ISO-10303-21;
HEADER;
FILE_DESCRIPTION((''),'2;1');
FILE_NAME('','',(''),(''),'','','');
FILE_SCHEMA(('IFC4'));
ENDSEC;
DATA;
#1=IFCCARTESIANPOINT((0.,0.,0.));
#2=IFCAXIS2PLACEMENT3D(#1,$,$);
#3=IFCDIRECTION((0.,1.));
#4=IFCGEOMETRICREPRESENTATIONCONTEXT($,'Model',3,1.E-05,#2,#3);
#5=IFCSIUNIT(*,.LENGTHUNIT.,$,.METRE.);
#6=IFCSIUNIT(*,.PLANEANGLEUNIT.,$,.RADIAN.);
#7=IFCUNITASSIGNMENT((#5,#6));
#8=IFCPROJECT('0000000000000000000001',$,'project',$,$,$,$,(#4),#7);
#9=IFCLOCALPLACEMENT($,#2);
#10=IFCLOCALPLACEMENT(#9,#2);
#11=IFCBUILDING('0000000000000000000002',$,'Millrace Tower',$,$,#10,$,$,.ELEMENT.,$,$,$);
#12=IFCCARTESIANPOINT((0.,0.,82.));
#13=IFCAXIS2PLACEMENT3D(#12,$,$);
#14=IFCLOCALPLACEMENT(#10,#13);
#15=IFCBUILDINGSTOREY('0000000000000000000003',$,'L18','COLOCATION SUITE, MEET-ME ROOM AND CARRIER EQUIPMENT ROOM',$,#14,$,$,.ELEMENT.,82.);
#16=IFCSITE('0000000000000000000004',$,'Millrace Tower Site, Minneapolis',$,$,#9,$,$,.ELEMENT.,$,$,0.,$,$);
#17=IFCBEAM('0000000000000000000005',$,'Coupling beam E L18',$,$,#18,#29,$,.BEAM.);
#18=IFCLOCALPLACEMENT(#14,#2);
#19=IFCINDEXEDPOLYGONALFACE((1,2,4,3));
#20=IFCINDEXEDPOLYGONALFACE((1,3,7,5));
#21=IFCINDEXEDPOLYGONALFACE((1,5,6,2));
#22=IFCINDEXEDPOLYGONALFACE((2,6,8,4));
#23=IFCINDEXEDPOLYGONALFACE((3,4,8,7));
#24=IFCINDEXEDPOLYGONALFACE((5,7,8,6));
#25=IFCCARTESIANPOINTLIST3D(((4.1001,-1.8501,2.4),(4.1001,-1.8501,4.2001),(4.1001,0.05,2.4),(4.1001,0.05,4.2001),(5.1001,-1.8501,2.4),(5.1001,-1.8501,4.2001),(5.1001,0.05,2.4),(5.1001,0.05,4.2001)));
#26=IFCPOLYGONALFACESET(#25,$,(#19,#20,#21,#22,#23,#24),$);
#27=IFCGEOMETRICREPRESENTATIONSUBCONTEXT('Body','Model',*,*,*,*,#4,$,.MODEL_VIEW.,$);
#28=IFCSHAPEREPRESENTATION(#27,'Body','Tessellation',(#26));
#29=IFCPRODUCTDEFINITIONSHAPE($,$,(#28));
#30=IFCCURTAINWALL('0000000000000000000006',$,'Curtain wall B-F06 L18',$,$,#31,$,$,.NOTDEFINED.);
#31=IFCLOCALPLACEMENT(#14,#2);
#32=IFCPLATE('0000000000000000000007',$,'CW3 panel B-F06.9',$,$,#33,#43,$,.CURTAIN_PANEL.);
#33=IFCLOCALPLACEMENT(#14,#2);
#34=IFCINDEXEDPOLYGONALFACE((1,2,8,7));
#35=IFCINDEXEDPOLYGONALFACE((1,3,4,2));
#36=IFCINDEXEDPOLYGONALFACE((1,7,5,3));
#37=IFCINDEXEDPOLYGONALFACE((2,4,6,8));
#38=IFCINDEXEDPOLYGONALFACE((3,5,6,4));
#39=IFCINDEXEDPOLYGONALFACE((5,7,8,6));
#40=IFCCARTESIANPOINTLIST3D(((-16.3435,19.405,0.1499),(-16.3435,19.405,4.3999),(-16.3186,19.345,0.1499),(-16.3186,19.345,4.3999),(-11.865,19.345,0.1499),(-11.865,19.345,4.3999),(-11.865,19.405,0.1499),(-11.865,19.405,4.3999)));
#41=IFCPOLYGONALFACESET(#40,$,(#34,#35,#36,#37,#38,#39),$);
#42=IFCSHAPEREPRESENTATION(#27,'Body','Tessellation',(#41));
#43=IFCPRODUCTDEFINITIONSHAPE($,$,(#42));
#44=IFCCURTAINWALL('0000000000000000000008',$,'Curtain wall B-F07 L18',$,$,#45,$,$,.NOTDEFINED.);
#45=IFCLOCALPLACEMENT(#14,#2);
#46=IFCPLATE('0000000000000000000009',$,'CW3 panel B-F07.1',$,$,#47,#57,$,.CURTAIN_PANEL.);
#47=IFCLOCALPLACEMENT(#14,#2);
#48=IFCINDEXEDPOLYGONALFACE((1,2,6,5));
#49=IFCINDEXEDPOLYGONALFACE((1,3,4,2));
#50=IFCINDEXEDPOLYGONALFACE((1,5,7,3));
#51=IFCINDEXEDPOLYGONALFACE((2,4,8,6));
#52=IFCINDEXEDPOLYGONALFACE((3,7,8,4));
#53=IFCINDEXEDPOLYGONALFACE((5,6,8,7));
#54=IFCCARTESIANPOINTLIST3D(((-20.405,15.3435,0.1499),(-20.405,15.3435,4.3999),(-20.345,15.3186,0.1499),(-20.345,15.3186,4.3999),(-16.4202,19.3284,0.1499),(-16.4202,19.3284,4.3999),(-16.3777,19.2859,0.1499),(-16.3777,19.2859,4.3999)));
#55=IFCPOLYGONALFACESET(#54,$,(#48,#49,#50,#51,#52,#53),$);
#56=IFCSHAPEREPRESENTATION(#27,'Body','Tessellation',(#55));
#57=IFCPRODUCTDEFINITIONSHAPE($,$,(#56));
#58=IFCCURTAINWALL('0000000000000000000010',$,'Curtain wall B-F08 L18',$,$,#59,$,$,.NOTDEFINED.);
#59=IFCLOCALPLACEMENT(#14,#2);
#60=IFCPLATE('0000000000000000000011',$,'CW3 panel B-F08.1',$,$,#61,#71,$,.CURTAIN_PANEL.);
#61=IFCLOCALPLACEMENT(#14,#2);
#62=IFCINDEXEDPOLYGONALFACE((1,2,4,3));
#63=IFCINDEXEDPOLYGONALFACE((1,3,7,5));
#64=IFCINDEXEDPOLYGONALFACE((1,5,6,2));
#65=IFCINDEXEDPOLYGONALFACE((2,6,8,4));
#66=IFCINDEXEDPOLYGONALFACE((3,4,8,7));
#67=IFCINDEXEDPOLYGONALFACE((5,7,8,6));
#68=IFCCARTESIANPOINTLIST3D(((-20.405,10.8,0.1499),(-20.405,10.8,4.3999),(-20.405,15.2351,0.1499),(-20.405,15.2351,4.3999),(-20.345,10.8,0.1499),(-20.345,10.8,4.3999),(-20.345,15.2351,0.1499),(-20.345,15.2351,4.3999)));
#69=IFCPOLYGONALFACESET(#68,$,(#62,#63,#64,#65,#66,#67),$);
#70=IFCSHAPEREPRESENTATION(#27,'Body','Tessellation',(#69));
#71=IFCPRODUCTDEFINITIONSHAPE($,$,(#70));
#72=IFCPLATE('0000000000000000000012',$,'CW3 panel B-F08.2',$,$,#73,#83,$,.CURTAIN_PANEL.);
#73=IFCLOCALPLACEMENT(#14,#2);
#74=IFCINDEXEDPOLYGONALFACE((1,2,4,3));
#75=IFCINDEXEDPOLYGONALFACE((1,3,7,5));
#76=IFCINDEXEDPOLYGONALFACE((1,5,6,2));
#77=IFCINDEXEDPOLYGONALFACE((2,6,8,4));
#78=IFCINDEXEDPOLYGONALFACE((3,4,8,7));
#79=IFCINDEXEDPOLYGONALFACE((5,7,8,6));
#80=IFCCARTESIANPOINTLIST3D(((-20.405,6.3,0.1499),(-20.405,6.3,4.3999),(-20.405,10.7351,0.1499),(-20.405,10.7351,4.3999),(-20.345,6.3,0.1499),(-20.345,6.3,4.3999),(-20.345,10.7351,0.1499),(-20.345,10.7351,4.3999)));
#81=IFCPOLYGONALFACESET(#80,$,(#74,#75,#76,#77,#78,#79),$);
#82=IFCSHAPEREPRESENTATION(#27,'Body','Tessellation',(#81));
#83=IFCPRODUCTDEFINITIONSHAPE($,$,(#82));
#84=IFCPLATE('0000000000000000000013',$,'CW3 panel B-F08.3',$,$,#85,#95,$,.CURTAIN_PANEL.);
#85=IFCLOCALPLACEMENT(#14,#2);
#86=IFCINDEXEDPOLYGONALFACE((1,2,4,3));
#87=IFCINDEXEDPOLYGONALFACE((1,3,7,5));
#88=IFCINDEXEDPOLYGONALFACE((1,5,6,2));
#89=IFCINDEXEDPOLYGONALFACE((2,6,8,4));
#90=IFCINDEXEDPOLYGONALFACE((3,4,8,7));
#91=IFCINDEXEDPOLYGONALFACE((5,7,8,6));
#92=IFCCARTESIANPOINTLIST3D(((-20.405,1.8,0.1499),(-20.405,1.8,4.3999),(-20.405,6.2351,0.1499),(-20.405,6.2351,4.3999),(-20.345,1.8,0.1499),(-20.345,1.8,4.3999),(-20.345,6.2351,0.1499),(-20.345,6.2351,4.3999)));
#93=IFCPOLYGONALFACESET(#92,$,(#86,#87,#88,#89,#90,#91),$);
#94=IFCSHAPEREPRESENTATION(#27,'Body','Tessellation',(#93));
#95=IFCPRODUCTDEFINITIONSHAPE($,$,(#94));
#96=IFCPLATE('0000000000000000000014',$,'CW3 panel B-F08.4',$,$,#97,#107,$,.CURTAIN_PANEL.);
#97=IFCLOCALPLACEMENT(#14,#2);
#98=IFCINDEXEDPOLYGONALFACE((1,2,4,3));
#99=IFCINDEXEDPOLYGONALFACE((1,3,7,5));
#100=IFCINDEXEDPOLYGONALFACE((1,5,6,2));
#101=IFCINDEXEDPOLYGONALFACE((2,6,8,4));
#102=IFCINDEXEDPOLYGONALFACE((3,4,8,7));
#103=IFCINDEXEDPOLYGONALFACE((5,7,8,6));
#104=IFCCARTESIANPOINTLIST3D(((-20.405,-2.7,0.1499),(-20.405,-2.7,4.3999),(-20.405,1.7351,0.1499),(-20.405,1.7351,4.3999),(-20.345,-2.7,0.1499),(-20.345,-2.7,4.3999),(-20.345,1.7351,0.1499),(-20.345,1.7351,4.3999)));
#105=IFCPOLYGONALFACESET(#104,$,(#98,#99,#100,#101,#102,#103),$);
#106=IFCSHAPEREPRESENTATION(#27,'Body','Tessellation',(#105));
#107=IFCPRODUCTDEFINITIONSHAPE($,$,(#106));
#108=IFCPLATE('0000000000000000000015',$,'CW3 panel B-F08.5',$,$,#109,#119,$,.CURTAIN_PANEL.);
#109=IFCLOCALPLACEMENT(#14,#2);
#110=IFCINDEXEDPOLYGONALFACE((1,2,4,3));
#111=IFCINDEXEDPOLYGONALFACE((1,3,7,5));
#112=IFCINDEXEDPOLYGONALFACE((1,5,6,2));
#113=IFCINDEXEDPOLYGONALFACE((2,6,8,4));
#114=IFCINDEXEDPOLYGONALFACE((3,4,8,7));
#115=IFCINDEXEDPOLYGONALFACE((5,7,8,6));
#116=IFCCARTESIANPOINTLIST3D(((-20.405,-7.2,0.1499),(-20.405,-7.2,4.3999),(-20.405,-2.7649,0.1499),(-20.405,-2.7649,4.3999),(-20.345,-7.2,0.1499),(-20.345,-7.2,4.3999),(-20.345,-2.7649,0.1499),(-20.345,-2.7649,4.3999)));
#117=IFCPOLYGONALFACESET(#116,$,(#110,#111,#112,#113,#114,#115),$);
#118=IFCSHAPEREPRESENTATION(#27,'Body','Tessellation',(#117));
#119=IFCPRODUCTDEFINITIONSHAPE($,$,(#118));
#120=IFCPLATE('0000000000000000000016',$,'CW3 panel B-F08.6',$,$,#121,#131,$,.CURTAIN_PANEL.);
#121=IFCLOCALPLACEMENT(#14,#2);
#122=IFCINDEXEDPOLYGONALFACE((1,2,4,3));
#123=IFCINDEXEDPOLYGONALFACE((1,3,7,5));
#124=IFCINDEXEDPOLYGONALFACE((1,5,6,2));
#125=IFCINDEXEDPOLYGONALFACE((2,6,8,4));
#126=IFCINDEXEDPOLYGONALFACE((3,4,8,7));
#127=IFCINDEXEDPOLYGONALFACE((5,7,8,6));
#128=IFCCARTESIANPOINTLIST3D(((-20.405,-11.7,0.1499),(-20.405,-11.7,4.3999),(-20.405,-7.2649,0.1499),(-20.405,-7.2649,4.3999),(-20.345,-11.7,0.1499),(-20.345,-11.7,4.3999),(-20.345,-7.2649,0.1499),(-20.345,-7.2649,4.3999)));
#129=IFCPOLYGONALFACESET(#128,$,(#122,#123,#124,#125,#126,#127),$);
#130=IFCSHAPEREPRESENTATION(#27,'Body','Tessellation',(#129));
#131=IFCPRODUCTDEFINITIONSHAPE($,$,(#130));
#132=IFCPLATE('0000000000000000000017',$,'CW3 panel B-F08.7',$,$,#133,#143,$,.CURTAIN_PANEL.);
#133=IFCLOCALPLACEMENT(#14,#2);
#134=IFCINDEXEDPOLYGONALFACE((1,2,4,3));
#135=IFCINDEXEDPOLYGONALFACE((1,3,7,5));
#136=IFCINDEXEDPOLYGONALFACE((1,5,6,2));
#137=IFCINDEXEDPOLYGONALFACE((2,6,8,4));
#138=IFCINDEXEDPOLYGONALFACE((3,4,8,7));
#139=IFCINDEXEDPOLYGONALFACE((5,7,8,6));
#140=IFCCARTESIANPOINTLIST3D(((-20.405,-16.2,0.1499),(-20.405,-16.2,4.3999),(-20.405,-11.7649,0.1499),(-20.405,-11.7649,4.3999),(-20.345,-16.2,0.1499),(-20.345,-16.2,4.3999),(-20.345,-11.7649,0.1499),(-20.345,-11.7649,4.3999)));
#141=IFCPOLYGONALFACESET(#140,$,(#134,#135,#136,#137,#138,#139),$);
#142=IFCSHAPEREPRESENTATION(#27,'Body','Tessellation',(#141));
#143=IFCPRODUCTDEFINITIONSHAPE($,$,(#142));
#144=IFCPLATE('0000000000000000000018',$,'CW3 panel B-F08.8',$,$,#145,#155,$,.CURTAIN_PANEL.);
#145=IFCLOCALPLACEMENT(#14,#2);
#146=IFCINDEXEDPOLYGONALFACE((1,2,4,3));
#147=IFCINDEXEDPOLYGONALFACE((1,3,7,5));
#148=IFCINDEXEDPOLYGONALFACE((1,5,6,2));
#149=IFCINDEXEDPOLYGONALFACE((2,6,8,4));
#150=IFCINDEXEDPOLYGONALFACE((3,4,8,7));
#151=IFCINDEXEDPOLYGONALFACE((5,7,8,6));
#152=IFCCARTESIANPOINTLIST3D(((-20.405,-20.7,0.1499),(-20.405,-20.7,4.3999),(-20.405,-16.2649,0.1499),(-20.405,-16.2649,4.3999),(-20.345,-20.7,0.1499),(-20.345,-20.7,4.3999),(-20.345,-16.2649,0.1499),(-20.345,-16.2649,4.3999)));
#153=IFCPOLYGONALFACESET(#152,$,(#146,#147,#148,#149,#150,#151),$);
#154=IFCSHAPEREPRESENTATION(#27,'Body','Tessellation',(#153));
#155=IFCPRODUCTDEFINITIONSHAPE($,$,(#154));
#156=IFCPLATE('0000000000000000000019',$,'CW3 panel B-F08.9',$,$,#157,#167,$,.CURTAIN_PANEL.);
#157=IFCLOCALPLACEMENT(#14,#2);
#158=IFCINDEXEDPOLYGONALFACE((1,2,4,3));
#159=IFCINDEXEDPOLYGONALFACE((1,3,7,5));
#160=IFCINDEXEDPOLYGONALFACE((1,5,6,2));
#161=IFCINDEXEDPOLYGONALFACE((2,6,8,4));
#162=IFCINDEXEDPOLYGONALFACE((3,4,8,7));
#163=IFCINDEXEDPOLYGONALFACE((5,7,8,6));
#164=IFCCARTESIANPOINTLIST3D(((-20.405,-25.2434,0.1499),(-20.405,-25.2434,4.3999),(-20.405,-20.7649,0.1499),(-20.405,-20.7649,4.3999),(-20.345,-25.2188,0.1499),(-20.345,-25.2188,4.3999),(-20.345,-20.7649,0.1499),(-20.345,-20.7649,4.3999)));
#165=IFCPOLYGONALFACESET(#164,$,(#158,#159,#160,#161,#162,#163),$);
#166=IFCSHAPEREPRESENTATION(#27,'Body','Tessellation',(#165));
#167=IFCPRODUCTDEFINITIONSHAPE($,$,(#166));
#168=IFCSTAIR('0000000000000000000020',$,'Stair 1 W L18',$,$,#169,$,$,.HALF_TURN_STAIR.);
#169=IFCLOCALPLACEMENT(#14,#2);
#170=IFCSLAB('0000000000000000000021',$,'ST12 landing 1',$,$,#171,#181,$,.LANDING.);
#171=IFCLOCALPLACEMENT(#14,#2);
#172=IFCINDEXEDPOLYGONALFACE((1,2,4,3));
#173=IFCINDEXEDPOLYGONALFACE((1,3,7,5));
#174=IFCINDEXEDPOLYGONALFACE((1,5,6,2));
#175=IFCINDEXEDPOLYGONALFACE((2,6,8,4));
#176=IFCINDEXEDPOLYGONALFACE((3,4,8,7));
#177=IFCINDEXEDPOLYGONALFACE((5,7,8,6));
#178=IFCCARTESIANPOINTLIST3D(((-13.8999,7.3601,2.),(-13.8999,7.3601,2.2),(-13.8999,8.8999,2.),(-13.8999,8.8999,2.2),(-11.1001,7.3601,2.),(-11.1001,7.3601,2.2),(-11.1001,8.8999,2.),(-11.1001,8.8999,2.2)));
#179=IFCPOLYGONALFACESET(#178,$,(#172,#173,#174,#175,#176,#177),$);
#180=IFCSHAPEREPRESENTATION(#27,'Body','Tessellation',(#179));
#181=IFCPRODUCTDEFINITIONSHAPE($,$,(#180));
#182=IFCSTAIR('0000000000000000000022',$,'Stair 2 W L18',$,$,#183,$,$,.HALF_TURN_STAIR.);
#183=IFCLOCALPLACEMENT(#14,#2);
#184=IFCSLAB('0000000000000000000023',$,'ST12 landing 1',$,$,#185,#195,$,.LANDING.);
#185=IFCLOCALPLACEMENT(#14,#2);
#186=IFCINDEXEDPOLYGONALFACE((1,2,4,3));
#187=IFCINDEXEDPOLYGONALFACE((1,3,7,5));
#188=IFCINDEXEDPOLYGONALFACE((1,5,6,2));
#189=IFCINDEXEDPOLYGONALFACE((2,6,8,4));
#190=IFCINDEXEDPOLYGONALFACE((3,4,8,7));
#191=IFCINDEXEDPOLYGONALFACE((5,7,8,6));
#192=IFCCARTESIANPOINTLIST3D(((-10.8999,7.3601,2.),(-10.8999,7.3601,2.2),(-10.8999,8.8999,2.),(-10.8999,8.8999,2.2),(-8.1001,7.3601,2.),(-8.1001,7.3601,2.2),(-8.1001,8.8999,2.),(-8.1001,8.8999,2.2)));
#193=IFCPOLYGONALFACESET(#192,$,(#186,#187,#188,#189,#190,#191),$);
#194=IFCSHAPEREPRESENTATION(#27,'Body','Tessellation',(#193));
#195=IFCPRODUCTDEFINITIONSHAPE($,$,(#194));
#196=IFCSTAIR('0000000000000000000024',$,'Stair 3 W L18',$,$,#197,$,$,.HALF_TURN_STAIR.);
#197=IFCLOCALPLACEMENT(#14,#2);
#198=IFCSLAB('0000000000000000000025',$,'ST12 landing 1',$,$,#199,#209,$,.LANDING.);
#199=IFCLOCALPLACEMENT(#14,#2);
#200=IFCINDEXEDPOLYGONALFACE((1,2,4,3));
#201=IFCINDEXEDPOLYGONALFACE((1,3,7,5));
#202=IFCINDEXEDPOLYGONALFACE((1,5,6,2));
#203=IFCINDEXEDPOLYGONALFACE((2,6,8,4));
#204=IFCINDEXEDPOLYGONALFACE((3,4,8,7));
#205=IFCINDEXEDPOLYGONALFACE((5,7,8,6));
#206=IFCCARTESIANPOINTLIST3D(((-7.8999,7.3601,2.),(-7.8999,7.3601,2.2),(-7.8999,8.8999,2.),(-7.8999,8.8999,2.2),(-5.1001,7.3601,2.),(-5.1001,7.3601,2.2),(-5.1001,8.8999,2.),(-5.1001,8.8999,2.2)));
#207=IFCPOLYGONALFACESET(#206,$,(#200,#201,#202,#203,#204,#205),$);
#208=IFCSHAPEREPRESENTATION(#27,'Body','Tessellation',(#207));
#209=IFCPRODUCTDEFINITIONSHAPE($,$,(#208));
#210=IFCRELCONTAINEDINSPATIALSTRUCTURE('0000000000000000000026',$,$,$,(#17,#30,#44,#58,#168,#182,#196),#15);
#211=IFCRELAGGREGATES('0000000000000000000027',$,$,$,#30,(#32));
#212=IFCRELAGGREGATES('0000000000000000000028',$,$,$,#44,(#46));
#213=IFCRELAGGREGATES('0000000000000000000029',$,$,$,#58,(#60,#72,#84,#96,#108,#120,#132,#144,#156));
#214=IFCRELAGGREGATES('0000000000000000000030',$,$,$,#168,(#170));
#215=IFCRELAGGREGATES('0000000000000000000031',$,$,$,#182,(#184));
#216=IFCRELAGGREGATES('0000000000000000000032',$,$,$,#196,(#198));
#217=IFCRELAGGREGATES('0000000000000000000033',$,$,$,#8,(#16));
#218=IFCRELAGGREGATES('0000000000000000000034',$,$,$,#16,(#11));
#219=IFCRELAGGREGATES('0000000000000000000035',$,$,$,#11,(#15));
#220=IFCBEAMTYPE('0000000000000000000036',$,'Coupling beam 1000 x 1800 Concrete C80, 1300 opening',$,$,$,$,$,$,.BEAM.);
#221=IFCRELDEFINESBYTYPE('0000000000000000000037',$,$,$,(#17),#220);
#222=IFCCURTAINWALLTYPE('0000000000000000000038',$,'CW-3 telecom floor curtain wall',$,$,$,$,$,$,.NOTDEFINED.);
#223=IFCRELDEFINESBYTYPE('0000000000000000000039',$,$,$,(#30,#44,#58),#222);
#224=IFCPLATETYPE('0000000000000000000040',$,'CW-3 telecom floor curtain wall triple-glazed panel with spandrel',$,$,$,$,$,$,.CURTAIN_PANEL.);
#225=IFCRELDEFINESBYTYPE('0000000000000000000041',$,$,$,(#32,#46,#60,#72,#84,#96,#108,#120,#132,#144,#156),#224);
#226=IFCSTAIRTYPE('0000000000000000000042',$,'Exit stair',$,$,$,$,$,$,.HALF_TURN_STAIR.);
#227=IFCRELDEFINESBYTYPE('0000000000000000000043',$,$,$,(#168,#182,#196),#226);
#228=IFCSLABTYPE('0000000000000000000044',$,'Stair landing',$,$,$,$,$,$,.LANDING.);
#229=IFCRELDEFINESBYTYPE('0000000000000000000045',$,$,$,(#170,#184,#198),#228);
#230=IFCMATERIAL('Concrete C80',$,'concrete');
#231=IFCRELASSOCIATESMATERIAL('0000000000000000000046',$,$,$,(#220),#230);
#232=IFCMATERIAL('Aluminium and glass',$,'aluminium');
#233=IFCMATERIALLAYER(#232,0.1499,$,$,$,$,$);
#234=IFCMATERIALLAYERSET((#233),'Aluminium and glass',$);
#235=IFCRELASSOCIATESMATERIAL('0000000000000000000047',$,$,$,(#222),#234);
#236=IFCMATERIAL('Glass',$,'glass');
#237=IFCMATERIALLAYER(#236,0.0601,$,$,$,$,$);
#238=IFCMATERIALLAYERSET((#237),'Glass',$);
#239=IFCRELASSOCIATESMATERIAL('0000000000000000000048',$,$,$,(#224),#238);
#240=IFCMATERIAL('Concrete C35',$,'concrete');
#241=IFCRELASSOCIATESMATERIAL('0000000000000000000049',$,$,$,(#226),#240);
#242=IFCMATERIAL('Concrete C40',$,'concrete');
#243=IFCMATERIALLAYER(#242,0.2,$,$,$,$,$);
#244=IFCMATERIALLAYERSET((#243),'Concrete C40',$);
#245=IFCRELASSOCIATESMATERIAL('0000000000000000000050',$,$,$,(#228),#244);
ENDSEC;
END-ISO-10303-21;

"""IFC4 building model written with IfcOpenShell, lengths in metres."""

from ifc_helpers import new_model, si_unit, direction, frame, origin, origin_2d, place, context, subcontext, project, spatial, polyline, rectangle, outline, extrude, material, layer, layer_set, material_profile, profile_set, type_object, element, aggregate, save


model = new_model("IFC4")

# Units and contexts
model_context = context("Model", 3, precision=1e-05, world=origin(), true_north=direction((0.0, 1.0)))
body_context = subcontext(model_context, "Body", "Model", "MODEL_VIEW")
ifc_project = project(units=[si_unit("LENGTHUNIT", "METRE"), si_unit("PLANEANGLEUNIT", "RADIAN")], contexts=[model_context])

# Site, building, storey
site_placement = place(None, origin())
site = spatial("IfcSite", under=ifc_project, at=site_placement, Name="Millrace Tower Site, Minneapolis", CompositionType="ELEMENT", RefElevation=0.0)
building_placement = place(site_placement, origin())
building = spatial("IfcBuilding", under=site, at=building_placement, Name="Millrace Tower", CompositionType="ELEMENT")
storey_placement = place(building_placement, frame((0.0, 0.0, 82.0)))
storey = spatial("IfcBuildingStorey", under=building, at=storey_placement, Name="L18", Description="COLOCATION SUITE, MEET-ME ROOM AND CARRIER EQUIPMENT ROOM", CompositionType="ELEMENT", Elevation=82.0)

# Beam
ifc_material_1 = material(Name="Concrete C80", Category="concrete")
ifc_material_profile = material_profile(ifc_material_1, rectangle(XDim=1.0, YDim=1.8, at=origin_2d()))
ifc_profile_set = profile_set([ifc_material_profile], Name="Concrete C80")
beam_type = type_object("IfcBeamType", Name="Coupling beam 1000 x 1800 Concrete C80, 1300 opening", PredefinedType="BEAM", material=ifc_profile_set)
beam_placement = place(storey_placement, frame((4.6001, 0.05, 3.3), z_axis=(0.0, -1.0, 0.0), x_axis=(1.0, 0.0, 0.0)))
element("IfcBeam", 1, at=beam_placement, inside=storey, type_object=beam_type, Name="Coupling beam E L18", PredefinedType="BEAM", context=body_context, shape_type="SweptSolid", body=[
    extrude(rectangle(XDim=1.0, YDim=1.8, at=origin_2d()), origin(), (0.0, 0.0, 1.0), 1.9001),
])

# Curtain walls, plates
ifc_material_2 = material(Name="Aluminium and glass", Category="aluminium")
ifc_layer_1 = layer(ifc_material_2, 0.1499)
ifc_layer_set_1 = layer_set([ifc_layer_1], Name="Aluminium and glass")
curtain_wall_type = type_object("IfcCurtainWallType", Name="CW-3 telecom floor curtain wall", PredefinedType="NOTDEFINED", material=ifc_layer_set_1)
placement_1 = place(storey_placement, origin())
curtain_wall_1 = element("IfcCurtainWall", 2, at=placement_1, inside=storey, type_object=curtain_wall_type, Name="Curtain wall B-F06 L18", PredefinedType="NOTDEFINED")
ifc_material_3 = material(Name="Glass", Category="glass")
ifc_layer_2 = layer(ifc_material_3, 0.0601)
ifc_layer_set_2 = layer_set([ifc_layer_2], Name="Glass")
plate_type = type_object("IfcPlateType", Name="CW-3 telecom floor curtain wall triple-glazed panel with spandrel", PredefinedType="CURTAIN_PANEL", material=ifc_layer_set_2)
placement_2 = place(storey_placement, frame((0.0, 0.0, 0.1499)))
plate_1 = element("IfcPlate", 3, at=placement_2, type_object=plate_type, Name="CW3 panel B-F06.9", PredefinedType="CURTAIN_PANEL", context=body_context, shape_type="SweptSolid", body=[
    extrude(outline(polyline([(-11.865, 19.405), (-16.3435, 19.405), (-16.3186, 19.345), (-11.865, 19.345), (-11.865, 19.405)])), origin(), (0.0, 0.0, 1.0), 4.25),
])
aggregate(curtain_wall_1, [plate_1])
curtain_wall_2 = element("IfcCurtainWall", 4, at=placement_1, inside=storey, type_object=curtain_wall_type, Name="Curtain wall B-F07 L18", PredefinedType="NOTDEFINED")
plate_2 = element("IfcPlate", 5, at=placement_2, type_object=plate_type, Name="CW3 panel B-F07.1", PredefinedType="CURTAIN_PANEL", context=body_context, shape_type="SweptSolid", body=[
    extrude(outline(polyline([(-16.4202, 19.3284), (-20.405, 15.3435), (-20.345, 15.3186), (-16.3777, 19.2859), (-16.4202, 19.3284)])), origin(), (0.0, 0.0, 1.0), 4.25),
])
aggregate(curtain_wall_2, [plate_2])

# Curtain wall, plates
curtain_wall_3 = element("IfcCurtainWall", 6, at=placement_1, inside=storey, type_object=curtain_wall_type, Name="Curtain wall B-F08 L18", PredefinedType="NOTDEFINED")
plate_3 = element("IfcPlate", 7, at=placement_2, type_object=plate_type, Name="CW3 panel B-F08.1", PredefinedType="CURTAIN_PANEL", context=body_context, shape_type="SweptSolid", body=[
    extrude(outline(polyline([(-20.405, 15.2351), (-20.405, 10.8), (-20.345, 10.8), (-20.345, 15.2351), (-20.405, 15.2351)])), origin(), (0.0, 0.0, 1.0), 4.25),
])
plate_4 = element("IfcPlate", 8, at=placement_2, type_object=plate_type, Name="CW3 panel B-F08.2", PredefinedType="CURTAIN_PANEL", context=body_context, shape_type="SweptSolid", body=[
    extrude(outline(polyline([(-20.405, 10.7351), (-20.405, 6.3), (-20.345, 6.3), (-20.345, 10.7351), (-20.405, 10.7351)])), origin(), (0.0, 0.0, 1.0), 4.25),
])
plate_5 = element("IfcPlate", 9, at=placement_2, type_object=plate_type, Name="CW3 panel B-F08.3", PredefinedType="CURTAIN_PANEL", context=body_context, shape_type="SweptSolid", body=[
    extrude(outline(polyline([(-20.405, 6.2351), (-20.405, 1.8), (-20.345, 1.8), (-20.345, 6.2351), (-20.405, 6.2351)])), origin(), (0.0, 0.0, 1.0), 4.25),
])
plate_6 = element("IfcPlate", 10, at=placement_2, type_object=plate_type, Name="CW3 panel B-F08.4", PredefinedType="CURTAIN_PANEL", context=body_context, shape_type="SweptSolid", body=[
    extrude(outline(polyline([(-20.405, 1.7351), (-20.405, -2.7), (-20.345, -2.7), (-20.345, 1.7351), (-20.405, 1.7351)])), origin(), (0.0, 0.0, 1.0), 4.25),
])
plate_7 = element("IfcPlate", 11, at=placement_2, type_object=plate_type, Name="CW3 panel B-F08.5", PredefinedType="CURTAIN_PANEL", context=body_context, shape_type="SweptSolid", body=[
    extrude(outline(polyline([(-20.405, -2.7649), (-20.405, -7.2), (-20.345, -7.2), (-20.345, -2.7649), (-20.405, -2.7649)])), origin(), (0.0, 0.0, 1.0), 4.25),
])
plate_8 = element("IfcPlate", 12, at=placement_2, type_object=plate_type, Name="CW3 panel B-F08.6", PredefinedType="CURTAIN_PANEL", context=body_context, shape_type="SweptSolid", body=[
    extrude(outline(polyline([(-20.405, -7.2649), (-20.405, -11.7), (-20.345, -11.7), (-20.345, -7.2649), (-20.405, -7.2649)])), origin(), (0.0, 0.0, 1.0), 4.25),
])
plate_9 = element("IfcPlate", 13, at=placement_2, type_object=plate_type, Name="CW3 panel B-F08.7", PredefinedType="CURTAIN_PANEL", context=body_context, shape_type="SweptSolid", body=[
    extrude(outline(polyline([(-20.405, -11.7649), (-20.405, -16.2), (-20.345, -16.2), (-20.345, -11.7649), (-20.405, -11.7649)])), origin(), (0.0, 0.0, 1.0), 4.25),
])
plate_10 = element("IfcPlate", 14, at=placement_2, type_object=plate_type, Name="CW3 panel B-F08.8", PredefinedType="CURTAIN_PANEL", context=body_context, shape_type="SweptSolid", body=[
    extrude(outline(polyline([(-20.405, -16.2649), (-20.405, -20.7), (-20.345, -20.7), (-20.345, -16.2649), (-20.405, -16.2649)])), origin(), (0.0, 0.0, 1.0), 4.25),
])
plate_11 = element("IfcPlate", 15, at=placement_2, type_object=plate_type, Name="CW3 panel B-F08.9", PredefinedType="CURTAIN_PANEL", context=body_context, shape_type="SweptSolid", body=[
    extrude(outline(polyline([(-20.405, -20.7649), (-20.405, -25.2434), (-20.345, -25.2188), (-20.345, -20.7649), (-20.405, -20.7649)])), origin(), (0.0, 0.0, 1.0), 4.25),
])
aggregate(curtain_wall_3, [plate_3, plate_4, plate_5, plate_6, plate_7, plate_8, plate_9, plate_10, plate_11])

# Stairs, slabs
ifc_material_4 = material(Name="Concrete C35", Category="concrete")
stair_type = type_object("IfcStairType", Name="Exit stair", PredefinedType="HALF_TURN_STAIR", material=ifc_material_4)
stair_1 = element("IfcStair", 16, at=placement_1, inside=storey, type_object=stair_type, Name="Stair 1 W L18", PredefinedType="HALF_TURN_STAIR")
ifc_material_5 = material(Name="Concrete C40", Category="concrete")
ifc_layer_3 = layer(ifc_material_5, 0.2)
ifc_layer_set_3 = layer_set([ifc_layer_3], Name="Concrete C40")
slab_type = type_object("IfcSlabType", Name="Stair landing", PredefinedType="LANDING", material=ifc_layer_set_3)
placement_3 = place(storey_placement, frame((0.0, 0.0, 2.0)))
slab_1 = element("IfcSlab", 17, at=placement_3, type_object=slab_type, Name="ST12 landing 1", PredefinedType="LANDING", context=body_context, shape_type="SweptSolid", body=[
    extrude(outline(polyline([(-13.8999, 7.3601), (-11.1001, 7.3601), (-11.1001, 8.8999), (-13.8999, 8.8999), (-13.8999, 7.3601)])), origin(), (0.0, 0.0, 1.0), 0.2),
])
aggregate(stair_1, [slab_1])
stair_2 = element("IfcStair", 18, at=placement_1, inside=storey, type_object=stair_type, Name="Stair 2 W L18", PredefinedType="HALF_TURN_STAIR")
slab_2 = element("IfcSlab", 19, at=placement_3, type_object=slab_type, Name="ST12 landing 1", PredefinedType="LANDING", context=body_context, shape_type="SweptSolid", body=[
    extrude(outline(polyline([(-10.8999, 7.3601), (-8.1001, 7.3601), (-8.1001, 8.8999), (-10.8999, 8.8999), (-10.8999, 7.3601)])), origin(), (0.0, 0.0, 1.0), 0.2),
])
aggregate(stair_2, [slab_2])
stair_3 = element("IfcStair", 20, at=placement_1, inside=storey, type_object=stair_type, Name="Stair 3 W L18", PredefinedType="HALF_TURN_STAIR")
slab_3 = element("IfcSlab", 21, at=placement_3, type_object=slab_type, Name="ST12 landing 1", PredefinedType="LANDING", context=body_context, shape_type="SweptSolid", body=[
    extrude(outline(polyline([(-7.8999, 7.3601), (-5.1001, 7.3601), (-5.1001, 8.8999), (-7.8999, 8.8999), (-7.8999, 7.3601)])), origin(), (0.0, 0.0, 1.0), 0.2),
])
aggregate(stair_3, [slab_3])

save(model, "model.ifc")
